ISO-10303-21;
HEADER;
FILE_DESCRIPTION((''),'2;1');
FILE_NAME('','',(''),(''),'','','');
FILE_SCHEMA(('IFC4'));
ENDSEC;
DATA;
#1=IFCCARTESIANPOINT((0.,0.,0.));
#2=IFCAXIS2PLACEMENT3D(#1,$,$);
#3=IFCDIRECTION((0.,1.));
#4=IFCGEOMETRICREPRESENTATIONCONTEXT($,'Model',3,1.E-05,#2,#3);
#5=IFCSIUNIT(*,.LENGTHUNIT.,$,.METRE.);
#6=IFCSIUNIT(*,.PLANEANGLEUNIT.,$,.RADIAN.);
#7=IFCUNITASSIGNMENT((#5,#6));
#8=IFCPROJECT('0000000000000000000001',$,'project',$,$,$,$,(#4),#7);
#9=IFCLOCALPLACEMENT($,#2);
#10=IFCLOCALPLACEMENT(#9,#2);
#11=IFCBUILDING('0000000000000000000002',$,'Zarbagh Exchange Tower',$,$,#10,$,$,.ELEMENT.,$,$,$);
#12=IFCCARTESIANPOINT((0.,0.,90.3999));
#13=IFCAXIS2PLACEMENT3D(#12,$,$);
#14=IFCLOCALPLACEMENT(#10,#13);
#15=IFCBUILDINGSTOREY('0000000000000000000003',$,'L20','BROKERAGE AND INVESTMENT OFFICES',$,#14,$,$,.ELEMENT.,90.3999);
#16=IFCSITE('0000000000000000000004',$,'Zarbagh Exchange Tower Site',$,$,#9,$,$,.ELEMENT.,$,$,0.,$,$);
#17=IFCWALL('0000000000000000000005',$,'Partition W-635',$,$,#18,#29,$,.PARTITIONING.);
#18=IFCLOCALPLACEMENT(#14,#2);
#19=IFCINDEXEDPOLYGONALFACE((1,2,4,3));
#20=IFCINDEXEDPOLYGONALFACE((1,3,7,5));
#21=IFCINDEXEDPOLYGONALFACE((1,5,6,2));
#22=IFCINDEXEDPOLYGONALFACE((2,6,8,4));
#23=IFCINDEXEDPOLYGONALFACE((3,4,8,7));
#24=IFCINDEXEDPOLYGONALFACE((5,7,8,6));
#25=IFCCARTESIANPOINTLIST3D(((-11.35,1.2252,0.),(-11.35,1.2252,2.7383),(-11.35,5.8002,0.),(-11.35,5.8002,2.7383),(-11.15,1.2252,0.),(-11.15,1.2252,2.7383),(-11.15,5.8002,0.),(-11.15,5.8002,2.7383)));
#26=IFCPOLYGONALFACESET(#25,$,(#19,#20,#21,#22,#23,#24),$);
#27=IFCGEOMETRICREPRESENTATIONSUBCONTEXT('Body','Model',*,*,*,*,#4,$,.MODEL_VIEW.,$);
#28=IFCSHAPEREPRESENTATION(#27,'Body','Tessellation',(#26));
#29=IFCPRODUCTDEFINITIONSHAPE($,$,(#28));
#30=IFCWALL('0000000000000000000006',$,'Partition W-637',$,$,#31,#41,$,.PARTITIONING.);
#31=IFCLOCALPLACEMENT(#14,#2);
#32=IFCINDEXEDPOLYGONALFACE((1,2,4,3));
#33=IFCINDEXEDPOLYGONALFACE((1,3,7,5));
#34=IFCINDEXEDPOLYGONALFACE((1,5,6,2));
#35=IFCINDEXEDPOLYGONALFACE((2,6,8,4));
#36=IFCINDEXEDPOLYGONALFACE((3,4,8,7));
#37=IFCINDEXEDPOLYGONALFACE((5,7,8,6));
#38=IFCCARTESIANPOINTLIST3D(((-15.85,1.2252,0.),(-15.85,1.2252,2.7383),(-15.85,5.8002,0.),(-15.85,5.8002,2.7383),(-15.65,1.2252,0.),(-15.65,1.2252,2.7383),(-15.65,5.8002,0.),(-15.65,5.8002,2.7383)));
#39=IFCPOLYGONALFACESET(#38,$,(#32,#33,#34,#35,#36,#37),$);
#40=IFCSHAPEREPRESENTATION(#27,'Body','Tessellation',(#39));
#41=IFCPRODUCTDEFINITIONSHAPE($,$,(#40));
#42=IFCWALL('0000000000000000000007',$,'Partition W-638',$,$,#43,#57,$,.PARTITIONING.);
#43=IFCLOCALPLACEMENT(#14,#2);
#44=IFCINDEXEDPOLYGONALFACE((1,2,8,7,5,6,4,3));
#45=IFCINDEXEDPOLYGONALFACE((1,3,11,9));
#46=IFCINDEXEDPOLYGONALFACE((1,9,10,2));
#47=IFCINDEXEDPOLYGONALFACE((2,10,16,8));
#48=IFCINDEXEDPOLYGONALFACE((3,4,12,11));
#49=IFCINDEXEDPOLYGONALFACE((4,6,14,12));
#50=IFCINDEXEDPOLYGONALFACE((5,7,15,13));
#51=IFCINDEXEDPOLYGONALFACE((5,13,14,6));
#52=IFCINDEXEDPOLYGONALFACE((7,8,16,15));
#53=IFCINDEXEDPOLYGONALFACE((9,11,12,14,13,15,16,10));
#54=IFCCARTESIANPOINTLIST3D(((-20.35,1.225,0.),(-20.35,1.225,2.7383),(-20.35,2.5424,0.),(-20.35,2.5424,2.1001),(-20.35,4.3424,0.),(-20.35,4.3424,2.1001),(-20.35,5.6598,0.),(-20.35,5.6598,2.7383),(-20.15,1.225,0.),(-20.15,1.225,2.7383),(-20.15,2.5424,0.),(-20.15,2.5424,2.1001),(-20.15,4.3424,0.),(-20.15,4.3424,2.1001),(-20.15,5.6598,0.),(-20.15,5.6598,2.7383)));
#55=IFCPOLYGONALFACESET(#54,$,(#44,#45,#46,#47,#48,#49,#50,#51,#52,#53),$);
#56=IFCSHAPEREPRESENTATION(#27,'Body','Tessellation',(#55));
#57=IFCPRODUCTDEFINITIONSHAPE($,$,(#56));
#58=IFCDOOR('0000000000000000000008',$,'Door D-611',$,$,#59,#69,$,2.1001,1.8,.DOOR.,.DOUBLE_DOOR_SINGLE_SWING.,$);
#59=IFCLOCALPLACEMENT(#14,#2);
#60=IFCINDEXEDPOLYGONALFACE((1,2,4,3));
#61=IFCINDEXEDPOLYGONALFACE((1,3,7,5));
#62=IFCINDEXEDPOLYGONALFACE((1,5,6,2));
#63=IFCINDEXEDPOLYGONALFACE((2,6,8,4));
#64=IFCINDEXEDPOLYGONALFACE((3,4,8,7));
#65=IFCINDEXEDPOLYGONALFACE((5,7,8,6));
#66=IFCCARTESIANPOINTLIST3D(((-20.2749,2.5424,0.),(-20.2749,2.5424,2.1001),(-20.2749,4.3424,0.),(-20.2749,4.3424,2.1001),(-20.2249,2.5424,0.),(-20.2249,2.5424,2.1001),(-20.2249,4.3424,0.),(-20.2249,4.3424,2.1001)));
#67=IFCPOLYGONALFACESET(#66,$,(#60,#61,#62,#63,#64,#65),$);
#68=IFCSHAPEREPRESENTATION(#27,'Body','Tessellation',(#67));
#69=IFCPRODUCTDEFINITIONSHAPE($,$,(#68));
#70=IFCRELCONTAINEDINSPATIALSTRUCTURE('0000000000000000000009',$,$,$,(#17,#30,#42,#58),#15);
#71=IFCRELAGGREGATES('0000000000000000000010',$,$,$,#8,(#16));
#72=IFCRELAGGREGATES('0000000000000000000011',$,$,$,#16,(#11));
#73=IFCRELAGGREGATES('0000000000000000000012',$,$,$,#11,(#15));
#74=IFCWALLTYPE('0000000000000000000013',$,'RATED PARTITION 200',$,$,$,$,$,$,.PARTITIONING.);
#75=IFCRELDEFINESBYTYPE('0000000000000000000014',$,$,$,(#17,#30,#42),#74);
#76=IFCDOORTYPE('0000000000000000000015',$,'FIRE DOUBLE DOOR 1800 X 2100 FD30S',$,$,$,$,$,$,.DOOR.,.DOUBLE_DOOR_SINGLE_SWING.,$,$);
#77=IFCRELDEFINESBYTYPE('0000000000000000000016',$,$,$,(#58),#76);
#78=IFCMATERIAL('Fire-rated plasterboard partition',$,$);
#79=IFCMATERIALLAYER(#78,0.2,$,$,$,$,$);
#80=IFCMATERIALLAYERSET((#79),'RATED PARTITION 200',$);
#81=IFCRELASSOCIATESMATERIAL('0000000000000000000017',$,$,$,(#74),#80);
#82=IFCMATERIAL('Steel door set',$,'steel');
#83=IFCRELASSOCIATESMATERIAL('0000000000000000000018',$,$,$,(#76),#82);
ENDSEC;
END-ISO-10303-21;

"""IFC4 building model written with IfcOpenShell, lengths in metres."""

from ifc_helpers import new_model, si_unit, direction, frame, frame_2d, origin, place, context, subcontext, project, spatial, rectangle, extrude, material, layer, layer_set, type_object, element, fill, save


model = new_model("IFC4")

# Units and contexts
model_context = context("Model", 3, precision=1e-05, world=origin(), true_north=direction((0.0, 1.0)))
body_context = subcontext(model_context, "Body", "Model", "MODEL_VIEW")
ifc_project = project(units=[si_unit("LENGTHUNIT", "METRE"), si_unit("PLANEANGLEUNIT", "RADIAN")], contexts=[model_context])

# Site, building, storey
site_placement = place(None, origin())
site = spatial("IfcSite", under=ifc_project, at=site_placement, Name="Zarbagh Exchange Tower Site", CompositionType="ELEMENT", RefElevation=0.0)
building_placement = place(site_placement, origin())
building = spatial("IfcBuilding", under=site, at=building_placement, Name="Zarbagh Exchange Tower", CompositionType="ELEMENT")
storey_placement = place(building_placement, frame((0.0, 0.0, 90.3999)))
storey = spatial("IfcBuildingStorey", under=building, at=storey_placement, Name="L20", Description="BROKERAGE AND INVESTMENT OFFICES", CompositionType="ELEMENT", Elevation=90.3999)

# Shared definitions
ifc_material_1 = material(Name="Fire-rated plasterboard partition")
ifc_layer_1 = layer(ifc_material_1, 0.2)
ifc_layer_set_1 = layer_set([ifc_layer_1], Name="RATED PARTITION 200")
wall_type_1 = type_object("IfcWallType", Name="RATED PARTITION 200", PredefinedType="PARTITIONING", material=ifc_layer_set_1)

# Shared definitions
ifc_material_2 = material(Name="Steel door set", Category="steel")

# Walls
for number, where, z_axis, x_axis, name in (
    (1, (-11.25, 1.2251, 0.0), (0.0, 0.0, 1.0), (0.0, 1.0, 0.0), "Partition W-635"),
    (2, (-15.75, 1.2251, 0.0), (0.0, 0.0, 1.0), (0.0, 1.0, 0.0), "Partition W-637"),
):
    element("IfcWall", number, at=place(storey_placement, frame(where, z_axis=z_axis, x_axis=x_axis)), inside=storey, type_object=wall_type_1, Name=name, PredefinedType="PARTITIONING", context=body_context, shape_type="SweptSolid", body=[
        extrude(rectangle(XDim=4.575, YDim=0.2, at=frame_2d((2.2876, 0.0))), origin(), (0.0, 0.0, 1.0), 2.7383),
    ])

# Wall, opening, door
wall_1_placement = place(storey_placement, frame((-20.25, 1.2251, 0.0), z_axis=(0.0, 0.0, 1.0), x_axis=(0.0, 1.0, 0.0)))
wall_1 = element("IfcWall", 3, at=wall_1_placement, inside=storey, type_object=wall_type_1, Name="Partition W-638", PredefinedType="PARTITIONING", context=body_context, shape_type="SweptSolid", body=[
    extrude(rectangle(XDim=4.4348, YDim=0.2, at=frame_2d((2.2173, 0.0))), origin(), (0.0, 0.0, 1.0), 2.7383),
])
opening_1_placement = place(wall_1_placement, frame((1.3174, 0.0, 0.0)))
opening_1 = element("IfcOpeningElement", 4, at=opening_1_placement, cuts=wall_1, PredefinedType="OPENING", context=body_context, shape_type="SweptSolid", body=[
    extrude(rectangle(XDim=1.8, YDim=2.1001, at=frame_2d((0.8999, 1.05))), frame((0.0, 0.1099, 0.0), z_axis=(0.0, -1.0, 0.0), x_axis=(1.0, 0.0, 0.0)), (0.0, 0.0, 1.0), 0.22),
])
door_type_1 = type_object("IfcDoorType", Name="FIRE DOUBLE DOOR 1800 X 2100 FD30S", OperationType="DOUBLE_DOOR_SINGLE_SWING", PredefinedType="DOOR", material=ifc_material_2)
door_1_placement = place(opening_1_placement, origin())
door_1 = element("IfcDoor", 5, at=door_1_placement, inside=storey, type_object=door_type_1, Name="Door D-611", OperationType="DOUBLE_DOOR_SINGLE_SWING", OverallHeight=2.1001, OverallWidth=1.8, PredefinedType="DOOR", context=body_context, shape_type="SweptSolid", body=[
    extrude(rectangle(XDim=1.8, YDim=2.1001, at=frame_2d((0.8999, 1.05))), frame((0.0, 0.0249, 0.0), z_axis=(0.0, -1.0, 0.0), x_axis=(1.0, 0.0, 0.0)), (0.0, 0.0, 1.0), 0.05),
])
fill(opening_1, door_1)

save(model, "model.ifc")
